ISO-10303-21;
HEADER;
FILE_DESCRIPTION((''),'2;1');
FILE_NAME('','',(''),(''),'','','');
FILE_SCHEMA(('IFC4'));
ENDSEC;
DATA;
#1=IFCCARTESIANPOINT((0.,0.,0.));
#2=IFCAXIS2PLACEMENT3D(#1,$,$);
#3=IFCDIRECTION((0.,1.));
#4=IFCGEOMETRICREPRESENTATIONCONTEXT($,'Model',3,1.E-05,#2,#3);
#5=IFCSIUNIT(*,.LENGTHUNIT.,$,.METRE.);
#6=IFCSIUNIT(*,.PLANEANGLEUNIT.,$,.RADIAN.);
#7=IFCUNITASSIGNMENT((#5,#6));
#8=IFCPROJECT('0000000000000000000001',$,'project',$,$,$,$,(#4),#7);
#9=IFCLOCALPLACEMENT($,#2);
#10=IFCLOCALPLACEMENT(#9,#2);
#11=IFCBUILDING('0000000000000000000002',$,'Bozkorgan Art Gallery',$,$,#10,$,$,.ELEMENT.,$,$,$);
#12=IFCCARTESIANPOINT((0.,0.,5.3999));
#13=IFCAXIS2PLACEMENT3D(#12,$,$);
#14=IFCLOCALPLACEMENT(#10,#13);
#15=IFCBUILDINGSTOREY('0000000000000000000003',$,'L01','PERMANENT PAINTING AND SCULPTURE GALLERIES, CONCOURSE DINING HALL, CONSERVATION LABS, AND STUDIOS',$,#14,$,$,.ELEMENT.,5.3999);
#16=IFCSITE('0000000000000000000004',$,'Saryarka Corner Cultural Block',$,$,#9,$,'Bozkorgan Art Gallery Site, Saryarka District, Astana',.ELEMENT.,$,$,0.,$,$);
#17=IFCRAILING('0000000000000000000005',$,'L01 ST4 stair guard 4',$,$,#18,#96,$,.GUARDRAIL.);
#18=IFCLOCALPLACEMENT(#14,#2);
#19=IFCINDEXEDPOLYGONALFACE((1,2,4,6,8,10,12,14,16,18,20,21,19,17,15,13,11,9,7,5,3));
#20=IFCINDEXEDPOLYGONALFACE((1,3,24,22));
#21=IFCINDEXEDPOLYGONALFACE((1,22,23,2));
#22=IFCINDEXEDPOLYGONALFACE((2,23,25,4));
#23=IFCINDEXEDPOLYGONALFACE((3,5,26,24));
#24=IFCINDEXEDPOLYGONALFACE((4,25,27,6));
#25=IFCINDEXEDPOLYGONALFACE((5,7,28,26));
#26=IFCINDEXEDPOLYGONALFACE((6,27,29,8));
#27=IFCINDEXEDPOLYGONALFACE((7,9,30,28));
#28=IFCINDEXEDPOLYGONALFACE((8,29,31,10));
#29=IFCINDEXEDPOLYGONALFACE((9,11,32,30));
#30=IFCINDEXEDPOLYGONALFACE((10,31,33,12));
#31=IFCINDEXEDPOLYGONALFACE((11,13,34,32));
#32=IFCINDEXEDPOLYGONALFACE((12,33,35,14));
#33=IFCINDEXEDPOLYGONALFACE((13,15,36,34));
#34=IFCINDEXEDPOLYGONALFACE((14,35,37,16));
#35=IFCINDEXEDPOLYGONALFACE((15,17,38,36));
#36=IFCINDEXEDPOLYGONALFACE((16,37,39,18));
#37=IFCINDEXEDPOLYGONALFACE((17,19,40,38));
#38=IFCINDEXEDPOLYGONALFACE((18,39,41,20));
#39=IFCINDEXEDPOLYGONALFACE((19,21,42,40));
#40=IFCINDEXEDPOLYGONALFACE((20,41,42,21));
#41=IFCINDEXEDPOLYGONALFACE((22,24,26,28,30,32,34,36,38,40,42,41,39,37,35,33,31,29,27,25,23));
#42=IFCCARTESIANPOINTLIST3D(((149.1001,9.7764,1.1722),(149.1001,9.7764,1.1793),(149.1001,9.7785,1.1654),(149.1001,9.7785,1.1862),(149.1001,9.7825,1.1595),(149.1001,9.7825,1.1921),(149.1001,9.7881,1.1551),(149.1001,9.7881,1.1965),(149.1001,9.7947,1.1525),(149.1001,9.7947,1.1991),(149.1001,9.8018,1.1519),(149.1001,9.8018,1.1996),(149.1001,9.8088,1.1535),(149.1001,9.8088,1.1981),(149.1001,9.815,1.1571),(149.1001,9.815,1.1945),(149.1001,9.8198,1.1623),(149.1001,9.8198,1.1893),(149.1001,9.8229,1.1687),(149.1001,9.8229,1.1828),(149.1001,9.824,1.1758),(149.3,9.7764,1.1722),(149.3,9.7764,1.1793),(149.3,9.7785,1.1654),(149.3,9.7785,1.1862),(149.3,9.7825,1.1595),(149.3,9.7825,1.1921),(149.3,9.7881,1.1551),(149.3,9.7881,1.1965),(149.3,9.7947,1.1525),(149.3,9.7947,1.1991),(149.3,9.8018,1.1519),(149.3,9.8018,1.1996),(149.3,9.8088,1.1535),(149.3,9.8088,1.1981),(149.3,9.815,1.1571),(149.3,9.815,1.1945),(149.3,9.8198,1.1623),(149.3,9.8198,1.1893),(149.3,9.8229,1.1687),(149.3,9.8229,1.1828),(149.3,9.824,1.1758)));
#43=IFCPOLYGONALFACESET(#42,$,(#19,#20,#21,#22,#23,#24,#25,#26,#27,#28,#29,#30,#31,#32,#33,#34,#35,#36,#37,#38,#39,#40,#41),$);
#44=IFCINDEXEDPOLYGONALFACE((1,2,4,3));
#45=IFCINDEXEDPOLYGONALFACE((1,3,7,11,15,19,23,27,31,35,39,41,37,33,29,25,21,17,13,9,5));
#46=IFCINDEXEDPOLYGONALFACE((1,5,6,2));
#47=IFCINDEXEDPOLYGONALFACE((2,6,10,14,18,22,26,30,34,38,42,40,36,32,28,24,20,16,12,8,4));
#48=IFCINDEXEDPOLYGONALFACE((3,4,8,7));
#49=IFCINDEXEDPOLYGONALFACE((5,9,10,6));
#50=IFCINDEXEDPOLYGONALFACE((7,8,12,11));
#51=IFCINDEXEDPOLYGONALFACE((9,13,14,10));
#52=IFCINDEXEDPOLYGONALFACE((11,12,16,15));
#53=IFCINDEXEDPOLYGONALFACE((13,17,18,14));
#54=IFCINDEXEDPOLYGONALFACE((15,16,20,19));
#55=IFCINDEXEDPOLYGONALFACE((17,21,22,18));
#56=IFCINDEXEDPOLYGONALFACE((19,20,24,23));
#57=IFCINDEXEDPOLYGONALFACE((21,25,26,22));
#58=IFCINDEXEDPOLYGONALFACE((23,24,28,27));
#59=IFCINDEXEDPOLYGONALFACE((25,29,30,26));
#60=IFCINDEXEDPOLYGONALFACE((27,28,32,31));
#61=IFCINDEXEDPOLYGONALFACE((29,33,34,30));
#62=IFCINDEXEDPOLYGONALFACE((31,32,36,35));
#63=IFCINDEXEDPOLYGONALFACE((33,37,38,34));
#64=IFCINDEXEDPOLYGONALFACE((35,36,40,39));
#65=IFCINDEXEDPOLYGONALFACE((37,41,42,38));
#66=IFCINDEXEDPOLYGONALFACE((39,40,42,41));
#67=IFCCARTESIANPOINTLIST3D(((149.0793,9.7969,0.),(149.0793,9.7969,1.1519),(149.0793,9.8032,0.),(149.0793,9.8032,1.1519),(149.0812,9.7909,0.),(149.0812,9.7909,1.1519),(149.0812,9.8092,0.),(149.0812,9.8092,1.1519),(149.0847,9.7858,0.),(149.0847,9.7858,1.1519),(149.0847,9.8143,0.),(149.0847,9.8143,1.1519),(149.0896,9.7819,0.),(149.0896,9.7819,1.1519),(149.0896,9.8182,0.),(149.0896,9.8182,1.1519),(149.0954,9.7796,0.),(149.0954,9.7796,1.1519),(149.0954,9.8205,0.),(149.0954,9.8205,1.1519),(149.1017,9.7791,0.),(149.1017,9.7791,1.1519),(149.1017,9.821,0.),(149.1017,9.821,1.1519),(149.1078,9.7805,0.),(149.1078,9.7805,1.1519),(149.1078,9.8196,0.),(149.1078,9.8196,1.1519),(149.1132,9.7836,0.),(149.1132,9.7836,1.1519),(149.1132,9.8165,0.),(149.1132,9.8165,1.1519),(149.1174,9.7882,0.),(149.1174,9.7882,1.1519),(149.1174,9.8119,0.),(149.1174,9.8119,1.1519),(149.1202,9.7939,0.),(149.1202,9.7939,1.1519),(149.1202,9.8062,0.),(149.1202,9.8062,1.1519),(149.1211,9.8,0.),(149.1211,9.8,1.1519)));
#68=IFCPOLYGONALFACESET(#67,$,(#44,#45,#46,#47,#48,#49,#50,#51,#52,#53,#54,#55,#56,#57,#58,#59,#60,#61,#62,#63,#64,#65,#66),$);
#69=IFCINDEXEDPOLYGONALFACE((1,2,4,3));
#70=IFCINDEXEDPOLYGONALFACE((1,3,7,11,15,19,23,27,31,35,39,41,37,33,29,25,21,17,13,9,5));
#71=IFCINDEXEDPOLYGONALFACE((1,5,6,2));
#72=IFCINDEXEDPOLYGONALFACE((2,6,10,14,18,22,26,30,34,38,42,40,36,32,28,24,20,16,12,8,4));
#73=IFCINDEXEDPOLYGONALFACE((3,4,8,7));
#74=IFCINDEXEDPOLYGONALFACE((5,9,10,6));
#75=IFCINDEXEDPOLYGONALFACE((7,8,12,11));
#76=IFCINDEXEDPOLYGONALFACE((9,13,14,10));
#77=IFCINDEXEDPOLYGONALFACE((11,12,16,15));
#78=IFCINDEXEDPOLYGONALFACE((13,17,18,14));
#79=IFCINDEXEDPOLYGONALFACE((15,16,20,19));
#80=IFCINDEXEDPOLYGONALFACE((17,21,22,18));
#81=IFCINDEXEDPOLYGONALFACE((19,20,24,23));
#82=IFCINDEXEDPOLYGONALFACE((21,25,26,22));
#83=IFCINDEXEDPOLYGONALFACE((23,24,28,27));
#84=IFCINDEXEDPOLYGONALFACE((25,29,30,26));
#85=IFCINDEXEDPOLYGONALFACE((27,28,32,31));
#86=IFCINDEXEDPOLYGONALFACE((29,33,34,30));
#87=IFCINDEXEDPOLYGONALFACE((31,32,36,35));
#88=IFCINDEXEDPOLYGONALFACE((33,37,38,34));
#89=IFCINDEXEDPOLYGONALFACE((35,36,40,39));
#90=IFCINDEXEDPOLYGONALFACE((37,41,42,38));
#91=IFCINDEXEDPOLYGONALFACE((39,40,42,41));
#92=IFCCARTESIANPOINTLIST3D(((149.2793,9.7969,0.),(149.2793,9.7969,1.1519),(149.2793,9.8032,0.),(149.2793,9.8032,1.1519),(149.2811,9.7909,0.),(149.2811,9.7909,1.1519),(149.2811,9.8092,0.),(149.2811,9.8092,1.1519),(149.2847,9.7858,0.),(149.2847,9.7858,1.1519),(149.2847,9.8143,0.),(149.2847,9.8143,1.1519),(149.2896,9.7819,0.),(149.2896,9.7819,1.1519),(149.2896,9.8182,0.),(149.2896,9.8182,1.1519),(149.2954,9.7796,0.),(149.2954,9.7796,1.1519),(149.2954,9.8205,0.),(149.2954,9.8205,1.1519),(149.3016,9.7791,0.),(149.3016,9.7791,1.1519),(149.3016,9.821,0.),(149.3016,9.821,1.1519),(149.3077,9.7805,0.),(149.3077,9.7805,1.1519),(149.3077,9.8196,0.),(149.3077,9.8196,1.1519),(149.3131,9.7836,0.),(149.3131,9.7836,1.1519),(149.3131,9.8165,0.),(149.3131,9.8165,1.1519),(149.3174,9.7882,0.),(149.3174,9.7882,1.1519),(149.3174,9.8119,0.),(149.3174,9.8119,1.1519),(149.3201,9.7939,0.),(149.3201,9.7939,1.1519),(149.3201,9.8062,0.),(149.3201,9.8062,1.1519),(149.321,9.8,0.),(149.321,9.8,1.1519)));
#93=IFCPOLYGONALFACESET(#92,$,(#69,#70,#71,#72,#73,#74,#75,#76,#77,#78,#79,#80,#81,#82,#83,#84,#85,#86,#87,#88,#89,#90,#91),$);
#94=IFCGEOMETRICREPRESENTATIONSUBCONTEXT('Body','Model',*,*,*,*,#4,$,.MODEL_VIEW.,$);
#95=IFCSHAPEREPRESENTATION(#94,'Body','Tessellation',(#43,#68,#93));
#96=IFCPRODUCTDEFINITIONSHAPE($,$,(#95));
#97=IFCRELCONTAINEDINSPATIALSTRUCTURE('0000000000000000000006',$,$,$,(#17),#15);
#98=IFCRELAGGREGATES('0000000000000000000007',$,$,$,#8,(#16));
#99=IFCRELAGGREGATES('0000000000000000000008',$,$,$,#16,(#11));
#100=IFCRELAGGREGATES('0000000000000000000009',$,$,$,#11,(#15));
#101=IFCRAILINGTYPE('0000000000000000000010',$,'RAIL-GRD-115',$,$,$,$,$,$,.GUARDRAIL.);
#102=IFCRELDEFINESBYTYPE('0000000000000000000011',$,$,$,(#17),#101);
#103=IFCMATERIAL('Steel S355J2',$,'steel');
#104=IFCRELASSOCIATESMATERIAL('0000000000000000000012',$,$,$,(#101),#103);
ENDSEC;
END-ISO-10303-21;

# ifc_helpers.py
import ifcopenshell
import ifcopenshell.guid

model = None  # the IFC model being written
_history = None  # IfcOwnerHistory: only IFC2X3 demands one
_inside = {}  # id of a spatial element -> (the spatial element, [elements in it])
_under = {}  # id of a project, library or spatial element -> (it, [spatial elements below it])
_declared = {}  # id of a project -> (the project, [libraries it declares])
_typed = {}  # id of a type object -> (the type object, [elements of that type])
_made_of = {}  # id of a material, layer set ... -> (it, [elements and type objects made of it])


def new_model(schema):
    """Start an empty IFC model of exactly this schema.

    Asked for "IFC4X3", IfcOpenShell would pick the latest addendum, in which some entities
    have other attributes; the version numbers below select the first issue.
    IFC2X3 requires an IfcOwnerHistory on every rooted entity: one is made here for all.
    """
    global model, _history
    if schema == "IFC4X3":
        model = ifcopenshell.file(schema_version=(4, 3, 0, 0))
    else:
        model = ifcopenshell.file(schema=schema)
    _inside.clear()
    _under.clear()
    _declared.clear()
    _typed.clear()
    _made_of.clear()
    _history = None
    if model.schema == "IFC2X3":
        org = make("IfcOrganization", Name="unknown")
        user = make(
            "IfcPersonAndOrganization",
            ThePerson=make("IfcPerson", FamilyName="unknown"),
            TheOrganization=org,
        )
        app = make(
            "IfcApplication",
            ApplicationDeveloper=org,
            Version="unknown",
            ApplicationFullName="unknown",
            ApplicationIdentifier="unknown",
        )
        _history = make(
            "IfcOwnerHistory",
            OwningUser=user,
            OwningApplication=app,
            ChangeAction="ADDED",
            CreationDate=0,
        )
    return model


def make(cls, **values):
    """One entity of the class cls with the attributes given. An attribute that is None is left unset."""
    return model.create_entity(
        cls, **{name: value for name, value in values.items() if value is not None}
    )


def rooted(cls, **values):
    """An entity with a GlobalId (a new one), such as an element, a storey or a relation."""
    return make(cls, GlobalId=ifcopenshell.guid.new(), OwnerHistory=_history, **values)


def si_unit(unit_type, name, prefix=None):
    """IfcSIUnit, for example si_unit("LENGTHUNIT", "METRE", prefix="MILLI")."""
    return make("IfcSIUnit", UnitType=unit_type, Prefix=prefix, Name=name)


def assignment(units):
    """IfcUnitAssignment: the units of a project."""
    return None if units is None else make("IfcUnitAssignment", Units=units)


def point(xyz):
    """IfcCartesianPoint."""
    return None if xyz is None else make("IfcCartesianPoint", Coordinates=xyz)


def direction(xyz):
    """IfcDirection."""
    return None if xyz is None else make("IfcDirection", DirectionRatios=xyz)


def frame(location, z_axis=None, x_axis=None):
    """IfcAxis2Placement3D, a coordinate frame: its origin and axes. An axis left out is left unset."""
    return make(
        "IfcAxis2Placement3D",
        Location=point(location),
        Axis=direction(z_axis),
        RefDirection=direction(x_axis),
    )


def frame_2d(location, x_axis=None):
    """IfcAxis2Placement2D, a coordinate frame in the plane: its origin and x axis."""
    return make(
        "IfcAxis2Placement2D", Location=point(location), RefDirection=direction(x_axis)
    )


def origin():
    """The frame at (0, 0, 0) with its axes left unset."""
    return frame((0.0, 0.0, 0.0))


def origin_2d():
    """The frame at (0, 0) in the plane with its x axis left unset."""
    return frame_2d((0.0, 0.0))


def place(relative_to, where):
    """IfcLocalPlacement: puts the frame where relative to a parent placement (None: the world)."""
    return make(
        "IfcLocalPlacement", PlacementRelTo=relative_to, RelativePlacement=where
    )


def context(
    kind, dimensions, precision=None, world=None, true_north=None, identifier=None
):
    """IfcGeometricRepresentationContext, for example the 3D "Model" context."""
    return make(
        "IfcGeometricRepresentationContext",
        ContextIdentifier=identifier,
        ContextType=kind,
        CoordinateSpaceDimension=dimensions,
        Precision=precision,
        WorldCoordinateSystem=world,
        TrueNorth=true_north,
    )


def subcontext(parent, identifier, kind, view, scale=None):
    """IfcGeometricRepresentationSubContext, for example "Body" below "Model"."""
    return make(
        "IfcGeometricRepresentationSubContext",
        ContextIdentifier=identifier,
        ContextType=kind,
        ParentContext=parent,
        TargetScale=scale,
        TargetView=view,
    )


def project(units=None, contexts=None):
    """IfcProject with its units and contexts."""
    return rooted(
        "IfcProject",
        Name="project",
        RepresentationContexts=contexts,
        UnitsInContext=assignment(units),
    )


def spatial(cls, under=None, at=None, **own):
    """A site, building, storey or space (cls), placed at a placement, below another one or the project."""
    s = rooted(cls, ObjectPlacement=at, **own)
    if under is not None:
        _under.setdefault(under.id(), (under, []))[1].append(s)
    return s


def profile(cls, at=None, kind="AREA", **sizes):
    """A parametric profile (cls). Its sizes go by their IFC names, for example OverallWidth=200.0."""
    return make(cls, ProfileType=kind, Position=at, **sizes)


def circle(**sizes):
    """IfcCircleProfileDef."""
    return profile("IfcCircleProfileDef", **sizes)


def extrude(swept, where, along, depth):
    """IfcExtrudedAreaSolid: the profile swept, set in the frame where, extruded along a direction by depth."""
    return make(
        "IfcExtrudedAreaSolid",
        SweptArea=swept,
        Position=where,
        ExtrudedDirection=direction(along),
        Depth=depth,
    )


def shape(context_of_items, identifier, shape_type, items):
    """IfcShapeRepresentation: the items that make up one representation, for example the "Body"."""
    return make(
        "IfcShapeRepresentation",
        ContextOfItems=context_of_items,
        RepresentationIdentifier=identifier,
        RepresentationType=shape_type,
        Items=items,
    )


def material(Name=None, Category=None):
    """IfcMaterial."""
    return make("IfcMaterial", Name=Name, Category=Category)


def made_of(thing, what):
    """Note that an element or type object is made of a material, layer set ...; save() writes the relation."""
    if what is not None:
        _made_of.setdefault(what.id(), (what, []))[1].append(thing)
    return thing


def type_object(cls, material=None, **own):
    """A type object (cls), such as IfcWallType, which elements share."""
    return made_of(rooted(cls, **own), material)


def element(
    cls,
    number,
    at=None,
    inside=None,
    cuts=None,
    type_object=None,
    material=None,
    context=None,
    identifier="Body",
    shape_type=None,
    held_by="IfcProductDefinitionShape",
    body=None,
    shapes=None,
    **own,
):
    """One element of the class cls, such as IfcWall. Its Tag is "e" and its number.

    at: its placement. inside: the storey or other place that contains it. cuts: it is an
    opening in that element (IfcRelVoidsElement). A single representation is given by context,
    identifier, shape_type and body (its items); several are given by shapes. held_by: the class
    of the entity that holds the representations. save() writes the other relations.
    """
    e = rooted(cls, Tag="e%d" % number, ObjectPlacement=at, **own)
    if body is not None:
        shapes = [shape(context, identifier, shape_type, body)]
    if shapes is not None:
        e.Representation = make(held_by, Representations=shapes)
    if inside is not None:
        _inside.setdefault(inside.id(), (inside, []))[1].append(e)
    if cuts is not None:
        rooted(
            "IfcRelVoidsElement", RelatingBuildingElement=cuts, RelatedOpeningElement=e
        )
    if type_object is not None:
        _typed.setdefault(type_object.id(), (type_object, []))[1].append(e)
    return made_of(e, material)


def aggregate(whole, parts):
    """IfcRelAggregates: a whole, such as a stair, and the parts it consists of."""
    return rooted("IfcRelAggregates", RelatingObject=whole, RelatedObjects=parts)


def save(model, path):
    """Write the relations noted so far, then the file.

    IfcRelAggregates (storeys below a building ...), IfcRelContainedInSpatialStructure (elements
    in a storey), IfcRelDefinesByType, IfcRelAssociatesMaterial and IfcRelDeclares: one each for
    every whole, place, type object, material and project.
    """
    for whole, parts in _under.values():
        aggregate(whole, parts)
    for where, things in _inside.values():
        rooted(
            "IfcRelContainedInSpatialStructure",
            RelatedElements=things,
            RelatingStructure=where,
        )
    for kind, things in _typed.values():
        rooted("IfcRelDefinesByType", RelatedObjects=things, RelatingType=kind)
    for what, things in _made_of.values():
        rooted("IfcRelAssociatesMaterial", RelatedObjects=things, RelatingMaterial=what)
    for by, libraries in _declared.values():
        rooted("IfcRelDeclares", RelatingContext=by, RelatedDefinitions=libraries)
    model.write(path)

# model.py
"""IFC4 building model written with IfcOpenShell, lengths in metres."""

from ifc_helpers import new_model, si_unit, direction, frame, origin, origin_2d, place, context, subcontext, project, spatial, circle, extrude, material, type_object, element, save


model = new_model("IFC4")

# Units and contexts
model_context = context("Model", 3, precision=1e-05, world=origin(), true_north=direction((0.0, 1.0)))
body_context = subcontext(model_context, "Body", "Model", "MODEL_VIEW")
ifc_project = project(units=[si_unit("LENGTHUNIT", "METRE"), si_unit("PLANEANGLEUNIT", "RADIAN")], contexts=[model_context])

# Site, building, storey
site_placement = place(None, origin())
site = spatial("IfcSite", under=ifc_project, at=site_placement, Name="Saryarka Corner Cultural Block", LongName="Bozkorgan Art Gallery Site, Saryarka District, Astana", CompositionType="ELEMENT", RefElevation=0.0)
building_placement = place(site_placement, origin())
building = spatial("IfcBuilding", under=site, at=building_placement, Name="Bozkorgan Art Gallery", CompositionType="ELEMENT")
storey_placement = place(building_placement, frame((0.0, 0.0, 5.3999)))
storey = spatial("IfcBuildingStorey", under=building, at=storey_placement, Name="L01", Description="PERMANENT PAINTING AND SCULPTURE GALLERIES, CONCOURSE DINING HALL, CONSERVATION LABS, AND STUDIOS", CompositionType="ELEMENT", Elevation=5.3999)

# Shared definitions
ifc_material_1 = material(Name="Steel S355J2", Category="steel")

# Railing
railing_type_1 = type_object("IfcRailingType", Name="RAIL-GRD-115", PredefinedType="GUARDRAIL", material=ifc_material_1)
railing_1_placement = place(storey_placement, frame((149.1001, 9.8, 0.0)))
element("IfcRailing", 1, at=railing_1_placement, inside=storey, type_object=railing_type_1, Name="L01 ST4 stair guard 4", PredefinedType="GUARDRAIL", context=body_context, shape_type="SweptSolid", body=[
    extrude(circle(Radius=0.0239, at=origin_2d()), frame((0.0, 0.0, 1.1758), z_axis=(1.0, 0.0, 0.0), x_axis=(0.0, 1.0, 0.0)), (0.0, 0.0, 1.0), 0.2),
    extrude(circle(Radius=0.021, at=origin_2d()), origin(), (0.0, 0.0, 1.0), 1.1519),
    extrude(circle(Radius=0.021, at=origin_2d()), frame((0.2, 0.0, 0.0)), (0.0, 0.0, 1.0), 1.1519),
])

save(model, "model.ifc")
